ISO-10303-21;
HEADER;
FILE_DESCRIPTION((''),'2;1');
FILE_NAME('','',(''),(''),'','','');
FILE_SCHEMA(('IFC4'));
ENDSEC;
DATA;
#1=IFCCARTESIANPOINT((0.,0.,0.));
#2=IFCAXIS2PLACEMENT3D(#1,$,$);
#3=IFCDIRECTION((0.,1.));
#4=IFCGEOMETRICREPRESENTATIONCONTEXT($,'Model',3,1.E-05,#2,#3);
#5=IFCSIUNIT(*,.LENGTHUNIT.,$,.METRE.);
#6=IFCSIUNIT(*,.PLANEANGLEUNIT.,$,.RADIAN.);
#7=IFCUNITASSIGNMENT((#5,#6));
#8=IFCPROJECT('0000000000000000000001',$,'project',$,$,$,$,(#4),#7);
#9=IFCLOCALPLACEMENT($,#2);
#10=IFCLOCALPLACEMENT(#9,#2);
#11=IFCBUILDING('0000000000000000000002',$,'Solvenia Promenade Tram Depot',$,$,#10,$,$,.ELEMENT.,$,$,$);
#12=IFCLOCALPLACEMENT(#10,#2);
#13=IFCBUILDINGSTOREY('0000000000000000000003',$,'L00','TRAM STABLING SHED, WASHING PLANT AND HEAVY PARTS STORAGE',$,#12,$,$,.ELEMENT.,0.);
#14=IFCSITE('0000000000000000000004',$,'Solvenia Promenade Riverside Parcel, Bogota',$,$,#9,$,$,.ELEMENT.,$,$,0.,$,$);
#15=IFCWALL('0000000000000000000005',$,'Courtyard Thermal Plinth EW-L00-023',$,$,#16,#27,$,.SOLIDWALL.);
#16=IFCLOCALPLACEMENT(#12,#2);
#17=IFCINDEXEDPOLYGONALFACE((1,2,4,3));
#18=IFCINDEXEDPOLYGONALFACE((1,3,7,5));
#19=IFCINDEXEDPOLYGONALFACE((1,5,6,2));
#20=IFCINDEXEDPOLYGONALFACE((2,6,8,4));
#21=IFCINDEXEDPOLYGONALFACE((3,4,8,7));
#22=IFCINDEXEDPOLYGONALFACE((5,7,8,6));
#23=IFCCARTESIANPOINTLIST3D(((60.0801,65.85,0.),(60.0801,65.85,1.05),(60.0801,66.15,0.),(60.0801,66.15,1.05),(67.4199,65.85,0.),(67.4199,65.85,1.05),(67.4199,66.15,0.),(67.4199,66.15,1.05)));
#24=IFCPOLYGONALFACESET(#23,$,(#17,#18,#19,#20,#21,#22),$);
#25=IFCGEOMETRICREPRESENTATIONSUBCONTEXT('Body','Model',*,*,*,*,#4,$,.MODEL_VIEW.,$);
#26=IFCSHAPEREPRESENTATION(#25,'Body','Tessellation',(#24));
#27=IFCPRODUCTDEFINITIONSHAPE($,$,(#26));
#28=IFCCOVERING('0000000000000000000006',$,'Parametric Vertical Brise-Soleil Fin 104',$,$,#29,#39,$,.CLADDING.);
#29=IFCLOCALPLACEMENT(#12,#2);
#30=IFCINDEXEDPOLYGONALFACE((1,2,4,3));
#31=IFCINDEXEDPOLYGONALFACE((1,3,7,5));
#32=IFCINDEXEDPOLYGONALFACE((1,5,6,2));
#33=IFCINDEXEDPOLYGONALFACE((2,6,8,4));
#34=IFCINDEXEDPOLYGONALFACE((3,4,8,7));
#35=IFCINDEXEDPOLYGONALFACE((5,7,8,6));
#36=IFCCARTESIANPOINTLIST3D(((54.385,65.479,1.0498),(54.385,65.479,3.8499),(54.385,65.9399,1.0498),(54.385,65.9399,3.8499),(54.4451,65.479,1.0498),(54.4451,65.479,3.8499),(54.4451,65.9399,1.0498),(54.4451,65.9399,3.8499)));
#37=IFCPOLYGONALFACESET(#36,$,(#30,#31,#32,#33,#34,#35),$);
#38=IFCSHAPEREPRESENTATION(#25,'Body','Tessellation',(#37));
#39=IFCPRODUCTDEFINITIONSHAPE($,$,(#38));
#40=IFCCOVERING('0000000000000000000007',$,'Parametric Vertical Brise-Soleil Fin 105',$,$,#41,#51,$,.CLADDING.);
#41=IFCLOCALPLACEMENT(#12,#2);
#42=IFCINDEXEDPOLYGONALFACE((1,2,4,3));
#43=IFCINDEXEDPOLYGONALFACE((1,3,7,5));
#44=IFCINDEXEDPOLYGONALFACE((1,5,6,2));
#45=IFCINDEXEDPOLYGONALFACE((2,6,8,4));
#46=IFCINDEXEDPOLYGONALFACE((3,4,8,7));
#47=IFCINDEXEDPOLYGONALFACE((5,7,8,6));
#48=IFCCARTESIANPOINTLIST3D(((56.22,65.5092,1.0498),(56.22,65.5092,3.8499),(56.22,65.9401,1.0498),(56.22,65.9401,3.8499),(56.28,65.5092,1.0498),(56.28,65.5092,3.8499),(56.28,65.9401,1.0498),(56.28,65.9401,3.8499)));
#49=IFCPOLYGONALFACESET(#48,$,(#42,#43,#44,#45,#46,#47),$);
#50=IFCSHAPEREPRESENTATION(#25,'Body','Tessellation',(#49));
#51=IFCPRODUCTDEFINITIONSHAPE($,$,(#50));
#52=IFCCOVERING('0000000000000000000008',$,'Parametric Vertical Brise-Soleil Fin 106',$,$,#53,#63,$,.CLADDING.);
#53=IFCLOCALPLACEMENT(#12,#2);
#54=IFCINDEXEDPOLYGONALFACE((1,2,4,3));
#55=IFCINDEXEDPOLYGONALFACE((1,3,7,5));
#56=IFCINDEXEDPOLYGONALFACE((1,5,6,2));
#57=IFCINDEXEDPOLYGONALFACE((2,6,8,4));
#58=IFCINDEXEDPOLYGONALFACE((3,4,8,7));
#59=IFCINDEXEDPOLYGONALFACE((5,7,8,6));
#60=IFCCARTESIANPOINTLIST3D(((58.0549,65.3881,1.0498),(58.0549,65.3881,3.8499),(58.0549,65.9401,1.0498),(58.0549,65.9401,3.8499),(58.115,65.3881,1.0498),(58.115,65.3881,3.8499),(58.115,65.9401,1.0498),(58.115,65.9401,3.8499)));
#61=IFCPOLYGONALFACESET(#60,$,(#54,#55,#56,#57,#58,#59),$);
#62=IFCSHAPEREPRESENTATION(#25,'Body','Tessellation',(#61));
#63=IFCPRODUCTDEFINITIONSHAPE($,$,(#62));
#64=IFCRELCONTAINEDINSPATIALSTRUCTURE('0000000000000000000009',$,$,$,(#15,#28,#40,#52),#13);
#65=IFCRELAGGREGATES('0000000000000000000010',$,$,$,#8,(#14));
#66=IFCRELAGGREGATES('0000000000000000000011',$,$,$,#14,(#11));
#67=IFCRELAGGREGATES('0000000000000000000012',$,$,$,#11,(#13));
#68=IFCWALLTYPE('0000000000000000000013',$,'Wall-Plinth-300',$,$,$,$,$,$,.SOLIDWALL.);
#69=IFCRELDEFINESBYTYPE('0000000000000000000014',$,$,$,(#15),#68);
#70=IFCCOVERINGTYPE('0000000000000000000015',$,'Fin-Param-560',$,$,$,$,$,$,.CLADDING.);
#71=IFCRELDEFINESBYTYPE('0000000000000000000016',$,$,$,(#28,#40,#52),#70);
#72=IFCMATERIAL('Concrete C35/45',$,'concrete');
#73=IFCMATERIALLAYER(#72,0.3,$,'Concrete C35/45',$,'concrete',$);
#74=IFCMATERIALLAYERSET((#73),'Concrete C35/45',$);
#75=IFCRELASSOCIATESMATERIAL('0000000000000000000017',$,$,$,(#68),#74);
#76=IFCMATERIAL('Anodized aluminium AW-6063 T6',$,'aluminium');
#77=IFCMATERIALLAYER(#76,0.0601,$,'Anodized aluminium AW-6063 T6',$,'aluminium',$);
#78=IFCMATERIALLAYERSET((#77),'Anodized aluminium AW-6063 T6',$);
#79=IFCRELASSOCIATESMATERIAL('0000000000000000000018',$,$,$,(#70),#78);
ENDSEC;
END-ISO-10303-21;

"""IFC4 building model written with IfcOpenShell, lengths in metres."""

from ifc_helpers import new_model, si_unit, direction, frame, frame_2d, origin, origin_2d, place, context, subcontext, project, spatial, rectangle, extrude, material, layer, layer_set, type_object, element, save


model = new_model("IFC4")

# Units and contexts
model_context = context("Model", 3, precision=1e-05, world=origin(), true_north=direction((0.0, 1.0)))
body_context = subcontext(model_context, "Body", "Model", "MODEL_VIEW")
ifc_project = project(units=[si_unit("LENGTHUNIT", "METRE"), si_unit("PLANEANGLEUNIT", "RADIAN")], contexts=[model_context])

# Site, building, storey
site_placement = place(None, origin())
site = spatial("IfcSite", under=ifc_project, at=site_placement, Name="Solvenia Promenade Riverside Parcel, Bogota", CompositionType="ELEMENT", RefElevation=0.0)
building_placement = place(site_placement, origin())
building = spatial("IfcBuilding", under=site, at=building_placement, Name="Solvenia Promenade Tram Depot", CompositionType="ELEMENT")
storey_placement = place(building_placement, origin())
storey = spatial("IfcBuildingStorey", under=building, at=storey_placement, Name="L00", Description="TRAM STABLING SHED, WASHING PLANT AND HEAVY PARTS STORAGE", CompositionType="ELEMENT", Elevation=0.0)

# Shared definitions
ifc_material_1 = material(Name="Anodized aluminium AW-6063 T6", Category="aluminium")

# Wall
ifc_material_2 = material(Name="Concrete C35/45", Category="concrete")
ifc_layer_1 = layer(ifc_material_2, 0.3, Name="Concrete C35/45", Category="concrete")
ifc_layer_set_1 = layer_set([ifc_layer_1], Name="Concrete C35/45")
wall_type = type_object("IfcWallType", Name="Wall-Plinth-300", PredefinedType="SOLIDWALL", material=ifc_layer_set_1)
wall_placement = place(storey_placement, frame((60.0801, 66.0, 0.0), z_axis=(0.0, 0.0, 1.0), x_axis=(1.0, 0.0, 0.0)))
element("IfcWall", 1, at=wall_placement, inside=storey, type_object=wall_type, Name="Courtyard Thermal Plinth EW-L00-023", PredefinedType="SOLIDWALL", context=body_context, shape_type="SweptSolid", body=[
    extrude(rectangle(XDim=7.3398, YDim=0.3, at=frame_2d((3.6699, 0.0))), origin(), (0.0, 0.0, 1.0), 1.05),
])

# Coverings
ifc_layer_2 = layer(ifc_material_1, 0.0601, Name="Anodized aluminium AW-6063 T6", Category="aluminium")
ifc_layer_set_2 = layer_set([ifc_layer_2], Name="Anodized aluminium AW-6063 T6")
covering_type = type_object("IfcCoveringType", Name="Fin-Param-560", PredefinedType="CLADDING", material=ifc_layer_set_2)
covering_1_placement = place(storey_placement, frame((54.415, 65.7095, 1.0498), z_axis=(0.0, 0.0, 1.0), x_axis=(1.0, 0.0, 0.0)))
element("IfcCovering", 2, at=covering_1_placement, inside=storey, type_object=covering_type, Name="Parametric Vertical Brise-Soleil Fin 104", PredefinedType="CLADDING", context=body_context, shape_type="SweptSolid", body=[
    extrude(rectangle(XDim=0.0601, YDim=0.4609, at=origin_2d()), origin(), (0.0, 0.0, 1.0), 2.8),
])
covering_2_placement = place(storey_placement, frame((56.25, 65.7246, 1.0498), z_axis=(0.0, 0.0, 1.0), x_axis=(1.0, 0.0, 0.0)))
element("IfcCovering", 3, at=covering_2_placement, inside=storey, type_object=covering_type, Name="Parametric Vertical Brise-Soleil Fin 105", PredefinedType="CLADDING", context=body_context, shape_type="SweptSolid", body=[
    extrude(rectangle(XDim=0.0601, YDim=0.4309, at=origin_2d()), origin(), (0.0, 0.0, 1.0), 2.8),
])
covering_3_placement = place(storey_placement, frame((58.085, 65.6641, 1.0498), z_axis=(0.0, 0.0, 1.0), x_axis=(1.0, 0.0, 0.0)))
element("IfcCovering", 4, at=covering_3_placement, inside=storey, type_object=covering_type, Name="Parametric Vertical Brise-Soleil Fin 106", PredefinedType="CLADDING", context=body_context, shape_type="SweptSolid", body=[
    extrude(rectangle(XDim=0.0601, YDim=0.552, at=origin_2d()), origin(), (0.0, 0.0, 1.0), 2.8),
])

save(model, "model.ifc")
